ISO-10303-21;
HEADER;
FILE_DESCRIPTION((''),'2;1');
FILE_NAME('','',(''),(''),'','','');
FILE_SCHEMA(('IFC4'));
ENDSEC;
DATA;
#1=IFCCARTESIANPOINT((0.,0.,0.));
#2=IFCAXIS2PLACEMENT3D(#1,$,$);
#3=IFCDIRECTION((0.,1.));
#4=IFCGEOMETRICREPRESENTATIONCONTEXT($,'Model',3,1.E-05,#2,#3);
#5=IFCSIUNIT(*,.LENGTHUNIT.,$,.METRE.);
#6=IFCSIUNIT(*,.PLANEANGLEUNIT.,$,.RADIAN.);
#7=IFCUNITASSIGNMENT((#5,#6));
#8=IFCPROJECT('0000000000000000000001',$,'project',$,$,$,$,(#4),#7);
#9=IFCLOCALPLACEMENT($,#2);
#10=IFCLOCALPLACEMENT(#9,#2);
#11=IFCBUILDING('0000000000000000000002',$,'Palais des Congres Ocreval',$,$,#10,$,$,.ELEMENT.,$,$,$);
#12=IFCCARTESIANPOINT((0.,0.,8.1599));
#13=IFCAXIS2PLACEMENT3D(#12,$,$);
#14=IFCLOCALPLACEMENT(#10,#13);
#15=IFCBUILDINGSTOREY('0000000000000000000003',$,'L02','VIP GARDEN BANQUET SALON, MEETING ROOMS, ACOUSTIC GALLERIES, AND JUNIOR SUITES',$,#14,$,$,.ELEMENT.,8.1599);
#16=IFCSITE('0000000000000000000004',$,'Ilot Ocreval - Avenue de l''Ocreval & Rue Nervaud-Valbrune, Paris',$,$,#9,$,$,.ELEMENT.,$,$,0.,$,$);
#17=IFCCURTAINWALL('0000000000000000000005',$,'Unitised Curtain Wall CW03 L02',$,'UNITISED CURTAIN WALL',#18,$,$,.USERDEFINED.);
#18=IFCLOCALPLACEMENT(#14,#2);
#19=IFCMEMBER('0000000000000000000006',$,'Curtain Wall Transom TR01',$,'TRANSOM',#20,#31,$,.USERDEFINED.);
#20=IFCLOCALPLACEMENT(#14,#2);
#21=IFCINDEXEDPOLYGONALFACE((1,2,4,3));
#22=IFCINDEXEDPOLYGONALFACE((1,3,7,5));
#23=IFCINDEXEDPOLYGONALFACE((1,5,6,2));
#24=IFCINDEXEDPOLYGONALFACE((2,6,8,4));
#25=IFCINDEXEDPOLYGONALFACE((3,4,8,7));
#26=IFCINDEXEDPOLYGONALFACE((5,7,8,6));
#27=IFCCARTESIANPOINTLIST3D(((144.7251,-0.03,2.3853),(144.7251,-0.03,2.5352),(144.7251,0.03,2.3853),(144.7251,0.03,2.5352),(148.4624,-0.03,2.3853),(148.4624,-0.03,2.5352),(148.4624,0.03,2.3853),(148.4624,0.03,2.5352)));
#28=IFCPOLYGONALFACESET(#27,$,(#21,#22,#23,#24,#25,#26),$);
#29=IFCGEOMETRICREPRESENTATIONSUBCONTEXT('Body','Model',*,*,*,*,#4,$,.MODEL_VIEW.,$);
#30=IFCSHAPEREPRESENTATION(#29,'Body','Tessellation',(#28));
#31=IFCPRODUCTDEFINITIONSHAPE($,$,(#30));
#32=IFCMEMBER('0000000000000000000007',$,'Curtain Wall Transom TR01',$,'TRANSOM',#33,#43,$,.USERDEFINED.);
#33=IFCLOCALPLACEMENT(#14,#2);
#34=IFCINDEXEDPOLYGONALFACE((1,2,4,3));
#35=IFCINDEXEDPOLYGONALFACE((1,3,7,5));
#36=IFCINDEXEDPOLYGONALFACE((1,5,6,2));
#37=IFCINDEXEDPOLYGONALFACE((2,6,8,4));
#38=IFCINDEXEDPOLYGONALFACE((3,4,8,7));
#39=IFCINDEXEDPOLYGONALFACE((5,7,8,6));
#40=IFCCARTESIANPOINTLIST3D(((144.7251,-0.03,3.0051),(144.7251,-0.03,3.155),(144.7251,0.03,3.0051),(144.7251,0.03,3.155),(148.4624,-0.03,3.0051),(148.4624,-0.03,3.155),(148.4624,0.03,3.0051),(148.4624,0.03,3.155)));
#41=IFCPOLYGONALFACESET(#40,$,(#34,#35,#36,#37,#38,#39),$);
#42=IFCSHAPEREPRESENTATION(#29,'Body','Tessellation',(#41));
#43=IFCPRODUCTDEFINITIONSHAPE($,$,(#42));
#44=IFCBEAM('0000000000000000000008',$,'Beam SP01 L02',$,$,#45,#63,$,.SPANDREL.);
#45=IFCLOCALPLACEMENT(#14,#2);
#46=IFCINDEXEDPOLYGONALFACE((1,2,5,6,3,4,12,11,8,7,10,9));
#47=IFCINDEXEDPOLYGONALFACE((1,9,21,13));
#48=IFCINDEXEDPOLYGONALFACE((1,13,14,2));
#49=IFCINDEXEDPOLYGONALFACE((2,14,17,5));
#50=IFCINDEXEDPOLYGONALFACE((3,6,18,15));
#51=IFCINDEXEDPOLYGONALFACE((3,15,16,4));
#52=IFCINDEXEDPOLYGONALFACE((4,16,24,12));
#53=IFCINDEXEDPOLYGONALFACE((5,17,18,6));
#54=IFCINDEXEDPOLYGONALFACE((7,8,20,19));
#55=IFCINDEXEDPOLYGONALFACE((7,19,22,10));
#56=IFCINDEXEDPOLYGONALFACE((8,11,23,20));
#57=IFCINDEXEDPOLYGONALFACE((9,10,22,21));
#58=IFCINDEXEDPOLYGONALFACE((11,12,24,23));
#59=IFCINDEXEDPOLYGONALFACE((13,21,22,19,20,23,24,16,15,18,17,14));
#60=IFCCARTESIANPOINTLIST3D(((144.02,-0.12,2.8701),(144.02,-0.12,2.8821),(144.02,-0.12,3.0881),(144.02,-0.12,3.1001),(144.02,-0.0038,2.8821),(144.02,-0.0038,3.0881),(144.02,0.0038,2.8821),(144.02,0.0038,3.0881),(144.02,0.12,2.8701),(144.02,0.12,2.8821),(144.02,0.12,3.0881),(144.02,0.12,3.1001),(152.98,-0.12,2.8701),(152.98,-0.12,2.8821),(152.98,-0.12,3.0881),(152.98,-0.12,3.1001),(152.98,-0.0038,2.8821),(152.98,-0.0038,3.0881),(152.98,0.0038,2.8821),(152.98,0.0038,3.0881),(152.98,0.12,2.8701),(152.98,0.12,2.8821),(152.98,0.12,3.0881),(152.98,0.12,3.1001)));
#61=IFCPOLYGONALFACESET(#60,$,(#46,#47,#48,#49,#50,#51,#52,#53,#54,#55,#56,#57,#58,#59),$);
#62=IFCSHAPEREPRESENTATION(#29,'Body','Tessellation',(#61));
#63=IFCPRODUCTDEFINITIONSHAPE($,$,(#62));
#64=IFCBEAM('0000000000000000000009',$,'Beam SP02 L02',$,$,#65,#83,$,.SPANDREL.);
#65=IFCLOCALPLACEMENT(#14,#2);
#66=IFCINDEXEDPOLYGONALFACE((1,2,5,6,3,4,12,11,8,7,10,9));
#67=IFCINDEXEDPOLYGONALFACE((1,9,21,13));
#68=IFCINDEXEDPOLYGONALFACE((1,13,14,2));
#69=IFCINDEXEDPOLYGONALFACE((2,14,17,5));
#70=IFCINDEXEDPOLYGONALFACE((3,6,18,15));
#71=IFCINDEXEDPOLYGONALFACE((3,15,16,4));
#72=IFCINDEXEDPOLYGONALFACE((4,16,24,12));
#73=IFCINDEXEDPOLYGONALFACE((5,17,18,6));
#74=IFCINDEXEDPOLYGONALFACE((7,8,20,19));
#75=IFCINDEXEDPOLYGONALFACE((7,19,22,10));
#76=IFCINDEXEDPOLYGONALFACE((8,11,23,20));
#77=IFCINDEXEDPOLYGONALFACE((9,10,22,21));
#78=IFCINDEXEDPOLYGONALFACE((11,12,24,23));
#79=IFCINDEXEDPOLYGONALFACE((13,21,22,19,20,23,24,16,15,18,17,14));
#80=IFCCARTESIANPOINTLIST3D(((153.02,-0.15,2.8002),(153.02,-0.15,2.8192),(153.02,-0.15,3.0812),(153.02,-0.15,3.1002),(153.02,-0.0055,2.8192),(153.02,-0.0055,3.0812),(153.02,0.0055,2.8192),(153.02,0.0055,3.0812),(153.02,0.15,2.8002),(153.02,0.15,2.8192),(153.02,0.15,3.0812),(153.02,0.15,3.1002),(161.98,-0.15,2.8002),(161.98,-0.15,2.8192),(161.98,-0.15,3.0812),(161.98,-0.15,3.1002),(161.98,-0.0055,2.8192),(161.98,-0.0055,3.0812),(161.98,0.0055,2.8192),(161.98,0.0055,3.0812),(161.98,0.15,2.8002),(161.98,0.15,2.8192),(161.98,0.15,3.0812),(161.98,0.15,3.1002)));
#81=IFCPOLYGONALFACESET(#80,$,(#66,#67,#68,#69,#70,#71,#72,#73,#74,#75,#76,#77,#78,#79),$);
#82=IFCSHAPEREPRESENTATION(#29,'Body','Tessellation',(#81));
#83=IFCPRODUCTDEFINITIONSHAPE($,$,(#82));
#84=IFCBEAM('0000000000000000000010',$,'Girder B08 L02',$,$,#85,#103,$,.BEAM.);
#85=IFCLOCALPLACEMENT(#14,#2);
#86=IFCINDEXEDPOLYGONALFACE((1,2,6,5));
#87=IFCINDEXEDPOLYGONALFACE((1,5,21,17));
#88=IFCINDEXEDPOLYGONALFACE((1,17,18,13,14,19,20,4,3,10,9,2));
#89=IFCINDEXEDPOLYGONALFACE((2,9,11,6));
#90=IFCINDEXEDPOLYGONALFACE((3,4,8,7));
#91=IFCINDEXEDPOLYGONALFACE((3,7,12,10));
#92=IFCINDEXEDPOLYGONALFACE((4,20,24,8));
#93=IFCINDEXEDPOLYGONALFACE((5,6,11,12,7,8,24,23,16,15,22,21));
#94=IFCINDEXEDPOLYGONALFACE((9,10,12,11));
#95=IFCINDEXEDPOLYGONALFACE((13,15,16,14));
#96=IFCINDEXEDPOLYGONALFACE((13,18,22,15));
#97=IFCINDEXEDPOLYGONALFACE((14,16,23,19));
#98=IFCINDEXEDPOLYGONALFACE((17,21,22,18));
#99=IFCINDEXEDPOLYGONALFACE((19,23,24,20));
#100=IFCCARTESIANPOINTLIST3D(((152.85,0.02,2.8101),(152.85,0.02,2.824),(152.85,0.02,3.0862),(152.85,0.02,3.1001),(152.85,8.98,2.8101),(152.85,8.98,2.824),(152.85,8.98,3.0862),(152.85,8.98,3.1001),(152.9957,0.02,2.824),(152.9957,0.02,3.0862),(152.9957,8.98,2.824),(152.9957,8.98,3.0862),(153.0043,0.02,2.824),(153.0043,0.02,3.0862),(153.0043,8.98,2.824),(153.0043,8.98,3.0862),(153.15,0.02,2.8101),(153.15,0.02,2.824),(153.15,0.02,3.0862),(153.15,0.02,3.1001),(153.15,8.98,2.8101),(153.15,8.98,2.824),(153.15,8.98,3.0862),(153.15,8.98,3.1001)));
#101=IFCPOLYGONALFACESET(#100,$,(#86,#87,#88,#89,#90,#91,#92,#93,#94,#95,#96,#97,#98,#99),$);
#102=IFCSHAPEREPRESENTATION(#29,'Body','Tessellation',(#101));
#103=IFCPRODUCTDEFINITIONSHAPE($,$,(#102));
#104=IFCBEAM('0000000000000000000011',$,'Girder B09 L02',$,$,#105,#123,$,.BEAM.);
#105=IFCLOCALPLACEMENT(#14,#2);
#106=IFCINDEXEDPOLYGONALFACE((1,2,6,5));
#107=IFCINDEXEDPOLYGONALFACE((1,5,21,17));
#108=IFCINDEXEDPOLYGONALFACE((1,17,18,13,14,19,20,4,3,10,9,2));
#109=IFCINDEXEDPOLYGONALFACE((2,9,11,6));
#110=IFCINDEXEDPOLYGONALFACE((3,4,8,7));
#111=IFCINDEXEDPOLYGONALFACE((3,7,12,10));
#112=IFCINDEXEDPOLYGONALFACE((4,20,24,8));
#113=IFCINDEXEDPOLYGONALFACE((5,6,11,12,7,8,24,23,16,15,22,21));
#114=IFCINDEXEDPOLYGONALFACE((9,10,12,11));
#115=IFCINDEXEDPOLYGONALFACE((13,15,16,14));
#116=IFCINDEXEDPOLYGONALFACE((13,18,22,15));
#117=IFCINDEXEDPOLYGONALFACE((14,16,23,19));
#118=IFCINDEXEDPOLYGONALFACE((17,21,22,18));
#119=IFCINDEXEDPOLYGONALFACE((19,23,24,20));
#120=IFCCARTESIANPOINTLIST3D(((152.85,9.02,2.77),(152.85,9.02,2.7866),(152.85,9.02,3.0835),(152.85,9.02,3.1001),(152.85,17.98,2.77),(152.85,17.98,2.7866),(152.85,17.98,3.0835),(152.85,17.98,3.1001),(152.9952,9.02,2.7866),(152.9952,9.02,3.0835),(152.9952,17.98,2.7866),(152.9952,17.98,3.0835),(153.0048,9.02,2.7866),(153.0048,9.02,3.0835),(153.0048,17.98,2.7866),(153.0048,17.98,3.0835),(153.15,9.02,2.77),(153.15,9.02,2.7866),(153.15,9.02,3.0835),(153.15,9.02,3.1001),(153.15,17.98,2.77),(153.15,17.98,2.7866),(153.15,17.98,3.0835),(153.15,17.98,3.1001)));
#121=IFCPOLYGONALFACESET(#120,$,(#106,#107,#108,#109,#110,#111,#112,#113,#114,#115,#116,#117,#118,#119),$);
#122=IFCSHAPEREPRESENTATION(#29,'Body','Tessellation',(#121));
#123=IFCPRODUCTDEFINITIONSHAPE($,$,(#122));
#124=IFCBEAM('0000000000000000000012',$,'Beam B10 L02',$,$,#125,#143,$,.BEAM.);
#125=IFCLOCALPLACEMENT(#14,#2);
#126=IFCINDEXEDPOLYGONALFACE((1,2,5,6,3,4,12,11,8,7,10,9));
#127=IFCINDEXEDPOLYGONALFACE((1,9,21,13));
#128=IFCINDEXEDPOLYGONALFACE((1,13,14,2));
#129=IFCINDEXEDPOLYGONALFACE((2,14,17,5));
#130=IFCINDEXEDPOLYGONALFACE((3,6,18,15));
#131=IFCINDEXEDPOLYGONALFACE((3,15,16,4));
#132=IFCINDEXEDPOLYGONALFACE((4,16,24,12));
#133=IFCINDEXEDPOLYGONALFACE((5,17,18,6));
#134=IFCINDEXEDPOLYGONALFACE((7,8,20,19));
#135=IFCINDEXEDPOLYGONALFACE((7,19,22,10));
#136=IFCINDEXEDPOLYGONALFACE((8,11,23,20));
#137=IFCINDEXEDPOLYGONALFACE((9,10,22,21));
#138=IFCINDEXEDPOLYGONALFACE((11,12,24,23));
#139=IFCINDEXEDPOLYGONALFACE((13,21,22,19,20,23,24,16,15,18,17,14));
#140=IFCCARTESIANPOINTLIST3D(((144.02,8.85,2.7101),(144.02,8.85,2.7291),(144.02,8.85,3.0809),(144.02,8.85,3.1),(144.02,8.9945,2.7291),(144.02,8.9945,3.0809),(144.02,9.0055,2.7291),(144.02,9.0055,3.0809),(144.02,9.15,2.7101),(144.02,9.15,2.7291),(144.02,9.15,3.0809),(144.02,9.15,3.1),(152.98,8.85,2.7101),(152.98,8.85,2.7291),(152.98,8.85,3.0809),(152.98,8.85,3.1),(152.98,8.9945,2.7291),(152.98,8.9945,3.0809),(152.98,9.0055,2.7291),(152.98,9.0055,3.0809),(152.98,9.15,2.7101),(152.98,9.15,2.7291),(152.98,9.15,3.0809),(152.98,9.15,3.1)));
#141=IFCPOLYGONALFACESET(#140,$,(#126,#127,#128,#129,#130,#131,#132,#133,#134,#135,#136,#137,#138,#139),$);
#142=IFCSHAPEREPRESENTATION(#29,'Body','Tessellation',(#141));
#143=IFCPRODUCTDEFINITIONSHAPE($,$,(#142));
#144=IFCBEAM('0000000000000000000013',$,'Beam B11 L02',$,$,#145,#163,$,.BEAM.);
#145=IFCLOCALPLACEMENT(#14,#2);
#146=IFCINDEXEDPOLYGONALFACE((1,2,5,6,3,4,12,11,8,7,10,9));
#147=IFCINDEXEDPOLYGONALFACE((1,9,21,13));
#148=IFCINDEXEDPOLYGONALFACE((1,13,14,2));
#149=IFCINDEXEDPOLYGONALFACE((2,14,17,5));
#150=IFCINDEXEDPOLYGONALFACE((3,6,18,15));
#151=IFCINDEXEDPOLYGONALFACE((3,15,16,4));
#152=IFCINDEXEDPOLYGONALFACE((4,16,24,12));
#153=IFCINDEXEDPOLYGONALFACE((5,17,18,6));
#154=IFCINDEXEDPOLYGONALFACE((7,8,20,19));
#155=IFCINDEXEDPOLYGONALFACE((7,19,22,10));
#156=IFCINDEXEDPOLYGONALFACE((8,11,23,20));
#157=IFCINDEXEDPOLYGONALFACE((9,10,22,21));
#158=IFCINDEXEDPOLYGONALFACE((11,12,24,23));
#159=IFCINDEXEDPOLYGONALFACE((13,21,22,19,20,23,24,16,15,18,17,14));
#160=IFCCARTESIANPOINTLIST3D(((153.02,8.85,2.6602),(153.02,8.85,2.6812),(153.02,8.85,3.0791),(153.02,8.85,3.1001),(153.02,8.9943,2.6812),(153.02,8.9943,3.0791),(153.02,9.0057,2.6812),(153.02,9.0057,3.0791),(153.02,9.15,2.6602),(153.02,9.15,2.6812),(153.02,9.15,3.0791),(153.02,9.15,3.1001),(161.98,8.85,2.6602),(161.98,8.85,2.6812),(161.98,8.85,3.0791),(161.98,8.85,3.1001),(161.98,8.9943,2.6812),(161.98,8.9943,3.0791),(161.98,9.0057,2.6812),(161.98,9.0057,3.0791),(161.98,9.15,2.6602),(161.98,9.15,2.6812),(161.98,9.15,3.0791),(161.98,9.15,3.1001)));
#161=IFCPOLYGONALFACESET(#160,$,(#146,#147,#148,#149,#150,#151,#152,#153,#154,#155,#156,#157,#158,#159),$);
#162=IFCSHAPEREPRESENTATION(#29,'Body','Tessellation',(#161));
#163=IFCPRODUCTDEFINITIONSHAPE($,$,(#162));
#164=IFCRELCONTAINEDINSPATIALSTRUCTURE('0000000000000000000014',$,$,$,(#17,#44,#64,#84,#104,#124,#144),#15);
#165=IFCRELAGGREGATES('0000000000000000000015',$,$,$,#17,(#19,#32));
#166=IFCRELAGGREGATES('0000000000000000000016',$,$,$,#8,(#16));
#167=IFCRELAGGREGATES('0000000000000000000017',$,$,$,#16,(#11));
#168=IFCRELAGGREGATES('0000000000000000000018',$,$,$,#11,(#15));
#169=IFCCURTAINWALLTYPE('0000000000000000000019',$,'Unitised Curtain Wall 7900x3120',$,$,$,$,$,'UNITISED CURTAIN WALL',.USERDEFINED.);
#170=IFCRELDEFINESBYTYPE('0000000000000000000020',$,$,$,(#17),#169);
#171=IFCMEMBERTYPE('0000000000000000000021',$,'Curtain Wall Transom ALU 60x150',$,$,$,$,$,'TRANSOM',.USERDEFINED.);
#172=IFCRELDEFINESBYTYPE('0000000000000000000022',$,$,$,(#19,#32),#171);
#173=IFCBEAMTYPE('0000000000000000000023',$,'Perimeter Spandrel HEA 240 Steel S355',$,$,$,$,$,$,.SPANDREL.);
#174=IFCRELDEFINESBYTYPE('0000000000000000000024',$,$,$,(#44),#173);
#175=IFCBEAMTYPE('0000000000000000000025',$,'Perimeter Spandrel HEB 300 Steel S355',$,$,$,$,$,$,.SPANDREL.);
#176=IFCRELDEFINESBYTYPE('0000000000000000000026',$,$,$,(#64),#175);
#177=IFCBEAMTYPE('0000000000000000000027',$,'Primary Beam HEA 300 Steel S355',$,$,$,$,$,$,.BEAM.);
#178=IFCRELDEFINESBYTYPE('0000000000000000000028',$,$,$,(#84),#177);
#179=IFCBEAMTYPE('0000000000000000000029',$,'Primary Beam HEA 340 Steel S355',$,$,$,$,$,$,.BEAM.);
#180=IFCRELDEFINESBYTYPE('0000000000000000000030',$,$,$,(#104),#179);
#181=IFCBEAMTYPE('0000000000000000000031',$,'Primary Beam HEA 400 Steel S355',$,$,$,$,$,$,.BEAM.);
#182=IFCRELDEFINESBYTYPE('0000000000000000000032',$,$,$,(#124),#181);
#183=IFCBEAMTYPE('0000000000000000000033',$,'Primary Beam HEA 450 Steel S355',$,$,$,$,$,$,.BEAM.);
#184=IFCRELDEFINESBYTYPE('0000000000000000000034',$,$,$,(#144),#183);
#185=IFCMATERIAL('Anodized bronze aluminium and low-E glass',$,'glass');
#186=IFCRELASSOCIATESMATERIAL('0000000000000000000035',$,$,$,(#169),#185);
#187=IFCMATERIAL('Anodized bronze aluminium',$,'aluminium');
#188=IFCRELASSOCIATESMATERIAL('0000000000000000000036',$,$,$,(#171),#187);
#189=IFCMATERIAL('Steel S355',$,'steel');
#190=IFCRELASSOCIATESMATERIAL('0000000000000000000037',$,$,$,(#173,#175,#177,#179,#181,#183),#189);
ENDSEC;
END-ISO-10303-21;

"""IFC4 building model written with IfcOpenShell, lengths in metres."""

from ifc_helpers import new_model, si_unit, direction, frame, origin, origin_2d, place, context, subcontext, project, spatial, rectangle, i_section, extrude, material, material_profile, profile_set, type_object, element, aggregate, save


model = new_model("IFC4")

# Units and contexts
model_context = context("Model", 3, precision=1e-05, world=origin(), true_north=direction((0.0, 1.0)))
body_context = subcontext(model_context, "Body", "Model", "MODEL_VIEW")
ifc_project = project(units=[si_unit("LENGTHUNIT", "METRE"), si_unit("PLANEANGLEUNIT", "RADIAN")], contexts=[model_context])

# Site, building, storey
site_placement = place(None, origin())
site = spatial("IfcSite", under=ifc_project, at=site_placement, Name="Ilot Ocreval - Avenue de l'Ocreval & Rue Nervaud-Valbrune, Paris", CompositionType="ELEMENT", RefElevation=0.0)
building_placement = place(site_placement, origin())
building = spatial("IfcBuilding", under=site, at=building_placement, Name="Palais des Congres Ocreval", CompositionType="ELEMENT")
storey_placement = place(building_placement, frame((0.0, 0.0, 8.1599)))
storey = spatial("IfcBuildingStorey", under=building, at=storey_placement, Name="L02", Description="VIP GARDEN BANQUET SALON, MEETING ROOMS, ACOUSTIC GALLERIES, AND JUNIOR SUITES", CompositionType="ELEMENT", Elevation=8.1599)

# Shared definitions
ifc_material_1 = material(Name="Steel S355", Category="steel")

# Curtain wall, members
ifc_material_2 = material(Name="Anodized bronze aluminium and low-E glass", Category="glass")
curtain_wall_type = type_object("IfcCurtainWallType", Name="Unitised Curtain Wall 7900x3120", ElementType="UNITISED CURTAIN WALL", PredefinedType="USERDEFINED", material=ifc_material_2)
curtain_wall_placement = place(storey_placement, origin())
curtain_wall = element("IfcCurtainWall", 1, at=curtain_wall_placement, inside=storey, type_object=curtain_wall_type, Name="Unitised Curtain Wall CW03 L02", ObjectType="UNITISED CURTAIN WALL", PredefinedType="USERDEFINED")
ifc_material_3 = material(Name="Anodized bronze aluminium", Category="aluminium")
ifc_material_profile_1 = material_profile(ifc_material_3, rectangle(XDim=0.0601, YDim=0.1499, at=origin_2d()), Name="ALU 60x150")
ifc_profile_set_1 = profile_set([ifc_material_profile_1], Name="Anodized bronze aluminium")
member_type_1 = type_object("IfcMemberType", Name="Curtain Wall Transom ALU 60x150", ElementType="TRANSOM", PredefinedType="USERDEFINED", material=ifc_profile_set_1)
member_1_placement = place(storey_placement, frame((148.4624, 0.0, 2.4602), z_axis=(-1.0, 0.0, 0.0), x_axis=(0.0, -1.0, 0.0)))
member_1 = element("IfcMember", 2, at=member_1_placement, type_object=member_type_1, Name="Curtain Wall Transom TR01", ObjectType="TRANSOM", PredefinedType="USERDEFINED", context=body_context, shape_type="SweptSolid", body=[
    extrude(rectangle(XDim=0.0601, YDim=0.1499, at=origin_2d()), origin(), (0.0, 0.0, 1.0), 3.7373),
])
member_2_placement = place(storey_placement, frame((148.4624, 0.0, 3.0801), z_axis=(-1.0, 0.0, 0.0), x_axis=(0.0, -1.0, 0.0)))
member_2 = element("IfcMember", 3, at=member_2_placement, type_object=member_type_1, Name="Curtain Wall Transom TR01", ObjectType="TRANSOM", PredefinedType="USERDEFINED", context=body_context, shape_type="SweptSolid", body=[
    extrude(rectangle(XDim=0.0601, YDim=0.1499, at=origin_2d()), origin(), (0.0, 0.0, 1.0), 3.7373),
])

# Beams
ifc_material_profile_2 = material_profile(ifc_material_1, i_section(OverallWidth=0.24, OverallDepth=0.23, WebThickness=0.0076, FlangeThickness=0.012, at=origin_2d()), Name="HEA 240")
ifc_profile_set_2 = profile_set([ifc_material_profile_2], Name="Steel S355")
beam_type_1 = type_object("IfcBeamType", Name="Perimeter Spandrel HEA 240 Steel S355", PredefinedType="SPANDREL", material=ifc_profile_set_2)
beam_1_placement = place(storey_placement, frame((144.02, 0.0, 2.9851), z_axis=(1.0, 0.0, 0.0), x_axis=(0.0, 1.0, 0.0)))
element("IfcBeam", 4, at=beam_1_placement, inside=storey, type_object=beam_type_1, Name="Beam SP01 L02", PredefinedType="SPANDREL", context=body_context, shape_type="SweptSolid", body=[
    extrude(i_section(OverallWidth=0.24, OverallDepth=0.23, WebThickness=0.0076, FlangeThickness=0.012, at=origin_2d()), origin(), (0.0, 0.0, 1.0), 8.96),
])
ifc_material_profile_3 = material_profile(ifc_material_1, i_section(OverallWidth=0.3, OverallDepth=0.3, WebThickness=0.011, FlangeThickness=0.019, at=origin_2d()), Name="HEB 300")
ifc_profile_set_3 = profile_set([ifc_material_profile_3], Name="Steel S355")
beam_type_2 = type_object("IfcBeamType", Name="Perimeter Spandrel HEB 300 Steel S355", PredefinedType="SPANDREL", material=ifc_profile_set_3)
beam_2_placement = place(storey_placement, frame((153.02, 0.0, 2.9502), z_axis=(1.0, 0.0, 0.0), x_axis=(0.0, 1.0, 0.0)))
element("IfcBeam", 5, at=beam_2_placement, inside=storey, type_object=beam_type_2, Name="Beam SP02 L02", PredefinedType="SPANDREL", context=body_context, shape_type="SweptSolid", body=[
    extrude(i_section(OverallWidth=0.3, OverallDepth=0.3, WebThickness=0.011, FlangeThickness=0.019, at=origin_2d()), origin(), (0.0, 0.0, 1.0), 8.96),
])
ifc_material_profile_4 = material_profile(ifc_material_1, i_section(OverallWidth=0.3, OverallDepth=0.29, WebThickness=0.0085, FlangeThickness=0.0139, at=origin_2d()), Name="HEA 300")
ifc_profile_set_4 = profile_set([ifc_material_profile_4], Name="Steel S355")
beam_type_3 = type_object("IfcBeamType", Name="Primary Beam HEA 300 Steel S355", PredefinedType="BEAM", material=ifc_profile_set_4)
beam_3_placement = place(storey_placement, frame((153.0, 0.02, 2.9551), z_axis=(0.0, 1.0, 0.0), x_axis=(-1.0, 0.0, 0.0)))
element("IfcBeam", 6, at=beam_3_placement, inside=storey, type_object=beam_type_3, Name="Girder B08 L02", PredefinedType="BEAM", context=body_context, shape_type="SweptSolid", body=[
    extrude(i_section(OverallWidth=0.3, OverallDepth=0.29, WebThickness=0.0085, FlangeThickness=0.0139, at=origin_2d()), origin(), (0.0, 0.0, 1.0), 8.96),
])
ifc_material_profile_5 = material_profile(ifc_material_1, i_section(OverallWidth=0.3, OverallDepth=0.3301, WebThickness=0.0095, FlangeThickness=0.0166, at=origin_2d()), Name="HEA 340")
ifc_profile_set_5 = profile_set([ifc_material_profile_5], Name="Steel S355")
beam_type_4 = type_object("IfcBeamType", Name="Primary Beam HEA 340 Steel S355", PredefinedType="BEAM", material=ifc_profile_set_5)
beam_4_placement = place(storey_placement, frame((153.0, 9.02, 2.9351), z_axis=(0.0, 1.0, 0.0), x_axis=(-1.0, 0.0, 0.0)))
element("IfcBeam", 7, at=beam_4_placement, inside=storey, type_object=beam_type_4, Name="Girder B09 L02", PredefinedType="BEAM", context=body_context, shape_type="SweptSolid", body=[
    extrude(i_section(OverallWidth=0.3, OverallDepth=0.3301, WebThickness=0.0095, FlangeThickness=0.0166, at=origin_2d()), origin(), (0.0, 0.0, 1.0), 8.96),
])
ifc_material_profile_6 = material_profile(ifc_material_1, i_section(OverallWidth=0.3, OverallDepth=0.3899, WebThickness=0.011, FlangeThickness=0.019, at=origin_2d()), Name="HEA 400")
ifc_profile_set_6 = profile_set([ifc_material_profile_6], Name="Steel S355")
beam_type_5 = type_object("IfcBeamType", Name="Primary Beam HEA 400 Steel S355", PredefinedType="BEAM", material=ifc_profile_set_6)
beam_5_placement = place(storey_placement, frame((144.02, 9.0, 2.905), z_axis=(1.0, 0.0, 0.0), x_axis=(0.0, 1.0, 0.0)))
element("IfcBeam", 8, at=beam_5_placement, inside=storey, type_object=beam_type_5, Name="Beam B10 L02", PredefinedType="BEAM", context=body_context, shape_type="SweptSolid", body=[
    extrude(i_section(OverallWidth=0.3, OverallDepth=0.3899, WebThickness=0.011, FlangeThickness=0.019, at=origin_2d()), origin(), (0.0, 0.0, 1.0), 8.96),
])
ifc_material_profile_7 = material_profile(ifc_material_1, i_section(OverallWidth=0.3, OverallDepth=0.4399, WebThickness=0.0115, FlangeThickness=0.021, at=origin_2d()), Name="HEA 450")
ifc_profile_set_7 = profile_set([ifc_material_profile_7], Name="Steel S355")
beam_type_6 = type_object("IfcBeamType", Name="Primary Beam HEA 450 Steel S355", PredefinedType="BEAM", material=ifc_profile_set_7)
beam_6_placement = place(storey_placement, frame((153.02, 9.0, 2.8801), z_axis=(1.0, 0.0, 0.0), x_axis=(0.0, 1.0, 0.0)))
element("IfcBeam", 9, at=beam_6_placement, inside=storey, type_object=beam_type_6, Name="Beam B11 L02", PredefinedType="BEAM", context=body_context, shape_type="SweptSolid", body=[
    extrude(i_section(OverallWidth=0.3, OverallDepth=0.4399, WebThickness=0.0115, FlangeThickness=0.021, at=origin_2d()), origin(), (0.0, 0.0, 1.0), 8.96),
])

aggregate(curtain_wall, [member_1, member_2])

save(model, "model.ifc")
